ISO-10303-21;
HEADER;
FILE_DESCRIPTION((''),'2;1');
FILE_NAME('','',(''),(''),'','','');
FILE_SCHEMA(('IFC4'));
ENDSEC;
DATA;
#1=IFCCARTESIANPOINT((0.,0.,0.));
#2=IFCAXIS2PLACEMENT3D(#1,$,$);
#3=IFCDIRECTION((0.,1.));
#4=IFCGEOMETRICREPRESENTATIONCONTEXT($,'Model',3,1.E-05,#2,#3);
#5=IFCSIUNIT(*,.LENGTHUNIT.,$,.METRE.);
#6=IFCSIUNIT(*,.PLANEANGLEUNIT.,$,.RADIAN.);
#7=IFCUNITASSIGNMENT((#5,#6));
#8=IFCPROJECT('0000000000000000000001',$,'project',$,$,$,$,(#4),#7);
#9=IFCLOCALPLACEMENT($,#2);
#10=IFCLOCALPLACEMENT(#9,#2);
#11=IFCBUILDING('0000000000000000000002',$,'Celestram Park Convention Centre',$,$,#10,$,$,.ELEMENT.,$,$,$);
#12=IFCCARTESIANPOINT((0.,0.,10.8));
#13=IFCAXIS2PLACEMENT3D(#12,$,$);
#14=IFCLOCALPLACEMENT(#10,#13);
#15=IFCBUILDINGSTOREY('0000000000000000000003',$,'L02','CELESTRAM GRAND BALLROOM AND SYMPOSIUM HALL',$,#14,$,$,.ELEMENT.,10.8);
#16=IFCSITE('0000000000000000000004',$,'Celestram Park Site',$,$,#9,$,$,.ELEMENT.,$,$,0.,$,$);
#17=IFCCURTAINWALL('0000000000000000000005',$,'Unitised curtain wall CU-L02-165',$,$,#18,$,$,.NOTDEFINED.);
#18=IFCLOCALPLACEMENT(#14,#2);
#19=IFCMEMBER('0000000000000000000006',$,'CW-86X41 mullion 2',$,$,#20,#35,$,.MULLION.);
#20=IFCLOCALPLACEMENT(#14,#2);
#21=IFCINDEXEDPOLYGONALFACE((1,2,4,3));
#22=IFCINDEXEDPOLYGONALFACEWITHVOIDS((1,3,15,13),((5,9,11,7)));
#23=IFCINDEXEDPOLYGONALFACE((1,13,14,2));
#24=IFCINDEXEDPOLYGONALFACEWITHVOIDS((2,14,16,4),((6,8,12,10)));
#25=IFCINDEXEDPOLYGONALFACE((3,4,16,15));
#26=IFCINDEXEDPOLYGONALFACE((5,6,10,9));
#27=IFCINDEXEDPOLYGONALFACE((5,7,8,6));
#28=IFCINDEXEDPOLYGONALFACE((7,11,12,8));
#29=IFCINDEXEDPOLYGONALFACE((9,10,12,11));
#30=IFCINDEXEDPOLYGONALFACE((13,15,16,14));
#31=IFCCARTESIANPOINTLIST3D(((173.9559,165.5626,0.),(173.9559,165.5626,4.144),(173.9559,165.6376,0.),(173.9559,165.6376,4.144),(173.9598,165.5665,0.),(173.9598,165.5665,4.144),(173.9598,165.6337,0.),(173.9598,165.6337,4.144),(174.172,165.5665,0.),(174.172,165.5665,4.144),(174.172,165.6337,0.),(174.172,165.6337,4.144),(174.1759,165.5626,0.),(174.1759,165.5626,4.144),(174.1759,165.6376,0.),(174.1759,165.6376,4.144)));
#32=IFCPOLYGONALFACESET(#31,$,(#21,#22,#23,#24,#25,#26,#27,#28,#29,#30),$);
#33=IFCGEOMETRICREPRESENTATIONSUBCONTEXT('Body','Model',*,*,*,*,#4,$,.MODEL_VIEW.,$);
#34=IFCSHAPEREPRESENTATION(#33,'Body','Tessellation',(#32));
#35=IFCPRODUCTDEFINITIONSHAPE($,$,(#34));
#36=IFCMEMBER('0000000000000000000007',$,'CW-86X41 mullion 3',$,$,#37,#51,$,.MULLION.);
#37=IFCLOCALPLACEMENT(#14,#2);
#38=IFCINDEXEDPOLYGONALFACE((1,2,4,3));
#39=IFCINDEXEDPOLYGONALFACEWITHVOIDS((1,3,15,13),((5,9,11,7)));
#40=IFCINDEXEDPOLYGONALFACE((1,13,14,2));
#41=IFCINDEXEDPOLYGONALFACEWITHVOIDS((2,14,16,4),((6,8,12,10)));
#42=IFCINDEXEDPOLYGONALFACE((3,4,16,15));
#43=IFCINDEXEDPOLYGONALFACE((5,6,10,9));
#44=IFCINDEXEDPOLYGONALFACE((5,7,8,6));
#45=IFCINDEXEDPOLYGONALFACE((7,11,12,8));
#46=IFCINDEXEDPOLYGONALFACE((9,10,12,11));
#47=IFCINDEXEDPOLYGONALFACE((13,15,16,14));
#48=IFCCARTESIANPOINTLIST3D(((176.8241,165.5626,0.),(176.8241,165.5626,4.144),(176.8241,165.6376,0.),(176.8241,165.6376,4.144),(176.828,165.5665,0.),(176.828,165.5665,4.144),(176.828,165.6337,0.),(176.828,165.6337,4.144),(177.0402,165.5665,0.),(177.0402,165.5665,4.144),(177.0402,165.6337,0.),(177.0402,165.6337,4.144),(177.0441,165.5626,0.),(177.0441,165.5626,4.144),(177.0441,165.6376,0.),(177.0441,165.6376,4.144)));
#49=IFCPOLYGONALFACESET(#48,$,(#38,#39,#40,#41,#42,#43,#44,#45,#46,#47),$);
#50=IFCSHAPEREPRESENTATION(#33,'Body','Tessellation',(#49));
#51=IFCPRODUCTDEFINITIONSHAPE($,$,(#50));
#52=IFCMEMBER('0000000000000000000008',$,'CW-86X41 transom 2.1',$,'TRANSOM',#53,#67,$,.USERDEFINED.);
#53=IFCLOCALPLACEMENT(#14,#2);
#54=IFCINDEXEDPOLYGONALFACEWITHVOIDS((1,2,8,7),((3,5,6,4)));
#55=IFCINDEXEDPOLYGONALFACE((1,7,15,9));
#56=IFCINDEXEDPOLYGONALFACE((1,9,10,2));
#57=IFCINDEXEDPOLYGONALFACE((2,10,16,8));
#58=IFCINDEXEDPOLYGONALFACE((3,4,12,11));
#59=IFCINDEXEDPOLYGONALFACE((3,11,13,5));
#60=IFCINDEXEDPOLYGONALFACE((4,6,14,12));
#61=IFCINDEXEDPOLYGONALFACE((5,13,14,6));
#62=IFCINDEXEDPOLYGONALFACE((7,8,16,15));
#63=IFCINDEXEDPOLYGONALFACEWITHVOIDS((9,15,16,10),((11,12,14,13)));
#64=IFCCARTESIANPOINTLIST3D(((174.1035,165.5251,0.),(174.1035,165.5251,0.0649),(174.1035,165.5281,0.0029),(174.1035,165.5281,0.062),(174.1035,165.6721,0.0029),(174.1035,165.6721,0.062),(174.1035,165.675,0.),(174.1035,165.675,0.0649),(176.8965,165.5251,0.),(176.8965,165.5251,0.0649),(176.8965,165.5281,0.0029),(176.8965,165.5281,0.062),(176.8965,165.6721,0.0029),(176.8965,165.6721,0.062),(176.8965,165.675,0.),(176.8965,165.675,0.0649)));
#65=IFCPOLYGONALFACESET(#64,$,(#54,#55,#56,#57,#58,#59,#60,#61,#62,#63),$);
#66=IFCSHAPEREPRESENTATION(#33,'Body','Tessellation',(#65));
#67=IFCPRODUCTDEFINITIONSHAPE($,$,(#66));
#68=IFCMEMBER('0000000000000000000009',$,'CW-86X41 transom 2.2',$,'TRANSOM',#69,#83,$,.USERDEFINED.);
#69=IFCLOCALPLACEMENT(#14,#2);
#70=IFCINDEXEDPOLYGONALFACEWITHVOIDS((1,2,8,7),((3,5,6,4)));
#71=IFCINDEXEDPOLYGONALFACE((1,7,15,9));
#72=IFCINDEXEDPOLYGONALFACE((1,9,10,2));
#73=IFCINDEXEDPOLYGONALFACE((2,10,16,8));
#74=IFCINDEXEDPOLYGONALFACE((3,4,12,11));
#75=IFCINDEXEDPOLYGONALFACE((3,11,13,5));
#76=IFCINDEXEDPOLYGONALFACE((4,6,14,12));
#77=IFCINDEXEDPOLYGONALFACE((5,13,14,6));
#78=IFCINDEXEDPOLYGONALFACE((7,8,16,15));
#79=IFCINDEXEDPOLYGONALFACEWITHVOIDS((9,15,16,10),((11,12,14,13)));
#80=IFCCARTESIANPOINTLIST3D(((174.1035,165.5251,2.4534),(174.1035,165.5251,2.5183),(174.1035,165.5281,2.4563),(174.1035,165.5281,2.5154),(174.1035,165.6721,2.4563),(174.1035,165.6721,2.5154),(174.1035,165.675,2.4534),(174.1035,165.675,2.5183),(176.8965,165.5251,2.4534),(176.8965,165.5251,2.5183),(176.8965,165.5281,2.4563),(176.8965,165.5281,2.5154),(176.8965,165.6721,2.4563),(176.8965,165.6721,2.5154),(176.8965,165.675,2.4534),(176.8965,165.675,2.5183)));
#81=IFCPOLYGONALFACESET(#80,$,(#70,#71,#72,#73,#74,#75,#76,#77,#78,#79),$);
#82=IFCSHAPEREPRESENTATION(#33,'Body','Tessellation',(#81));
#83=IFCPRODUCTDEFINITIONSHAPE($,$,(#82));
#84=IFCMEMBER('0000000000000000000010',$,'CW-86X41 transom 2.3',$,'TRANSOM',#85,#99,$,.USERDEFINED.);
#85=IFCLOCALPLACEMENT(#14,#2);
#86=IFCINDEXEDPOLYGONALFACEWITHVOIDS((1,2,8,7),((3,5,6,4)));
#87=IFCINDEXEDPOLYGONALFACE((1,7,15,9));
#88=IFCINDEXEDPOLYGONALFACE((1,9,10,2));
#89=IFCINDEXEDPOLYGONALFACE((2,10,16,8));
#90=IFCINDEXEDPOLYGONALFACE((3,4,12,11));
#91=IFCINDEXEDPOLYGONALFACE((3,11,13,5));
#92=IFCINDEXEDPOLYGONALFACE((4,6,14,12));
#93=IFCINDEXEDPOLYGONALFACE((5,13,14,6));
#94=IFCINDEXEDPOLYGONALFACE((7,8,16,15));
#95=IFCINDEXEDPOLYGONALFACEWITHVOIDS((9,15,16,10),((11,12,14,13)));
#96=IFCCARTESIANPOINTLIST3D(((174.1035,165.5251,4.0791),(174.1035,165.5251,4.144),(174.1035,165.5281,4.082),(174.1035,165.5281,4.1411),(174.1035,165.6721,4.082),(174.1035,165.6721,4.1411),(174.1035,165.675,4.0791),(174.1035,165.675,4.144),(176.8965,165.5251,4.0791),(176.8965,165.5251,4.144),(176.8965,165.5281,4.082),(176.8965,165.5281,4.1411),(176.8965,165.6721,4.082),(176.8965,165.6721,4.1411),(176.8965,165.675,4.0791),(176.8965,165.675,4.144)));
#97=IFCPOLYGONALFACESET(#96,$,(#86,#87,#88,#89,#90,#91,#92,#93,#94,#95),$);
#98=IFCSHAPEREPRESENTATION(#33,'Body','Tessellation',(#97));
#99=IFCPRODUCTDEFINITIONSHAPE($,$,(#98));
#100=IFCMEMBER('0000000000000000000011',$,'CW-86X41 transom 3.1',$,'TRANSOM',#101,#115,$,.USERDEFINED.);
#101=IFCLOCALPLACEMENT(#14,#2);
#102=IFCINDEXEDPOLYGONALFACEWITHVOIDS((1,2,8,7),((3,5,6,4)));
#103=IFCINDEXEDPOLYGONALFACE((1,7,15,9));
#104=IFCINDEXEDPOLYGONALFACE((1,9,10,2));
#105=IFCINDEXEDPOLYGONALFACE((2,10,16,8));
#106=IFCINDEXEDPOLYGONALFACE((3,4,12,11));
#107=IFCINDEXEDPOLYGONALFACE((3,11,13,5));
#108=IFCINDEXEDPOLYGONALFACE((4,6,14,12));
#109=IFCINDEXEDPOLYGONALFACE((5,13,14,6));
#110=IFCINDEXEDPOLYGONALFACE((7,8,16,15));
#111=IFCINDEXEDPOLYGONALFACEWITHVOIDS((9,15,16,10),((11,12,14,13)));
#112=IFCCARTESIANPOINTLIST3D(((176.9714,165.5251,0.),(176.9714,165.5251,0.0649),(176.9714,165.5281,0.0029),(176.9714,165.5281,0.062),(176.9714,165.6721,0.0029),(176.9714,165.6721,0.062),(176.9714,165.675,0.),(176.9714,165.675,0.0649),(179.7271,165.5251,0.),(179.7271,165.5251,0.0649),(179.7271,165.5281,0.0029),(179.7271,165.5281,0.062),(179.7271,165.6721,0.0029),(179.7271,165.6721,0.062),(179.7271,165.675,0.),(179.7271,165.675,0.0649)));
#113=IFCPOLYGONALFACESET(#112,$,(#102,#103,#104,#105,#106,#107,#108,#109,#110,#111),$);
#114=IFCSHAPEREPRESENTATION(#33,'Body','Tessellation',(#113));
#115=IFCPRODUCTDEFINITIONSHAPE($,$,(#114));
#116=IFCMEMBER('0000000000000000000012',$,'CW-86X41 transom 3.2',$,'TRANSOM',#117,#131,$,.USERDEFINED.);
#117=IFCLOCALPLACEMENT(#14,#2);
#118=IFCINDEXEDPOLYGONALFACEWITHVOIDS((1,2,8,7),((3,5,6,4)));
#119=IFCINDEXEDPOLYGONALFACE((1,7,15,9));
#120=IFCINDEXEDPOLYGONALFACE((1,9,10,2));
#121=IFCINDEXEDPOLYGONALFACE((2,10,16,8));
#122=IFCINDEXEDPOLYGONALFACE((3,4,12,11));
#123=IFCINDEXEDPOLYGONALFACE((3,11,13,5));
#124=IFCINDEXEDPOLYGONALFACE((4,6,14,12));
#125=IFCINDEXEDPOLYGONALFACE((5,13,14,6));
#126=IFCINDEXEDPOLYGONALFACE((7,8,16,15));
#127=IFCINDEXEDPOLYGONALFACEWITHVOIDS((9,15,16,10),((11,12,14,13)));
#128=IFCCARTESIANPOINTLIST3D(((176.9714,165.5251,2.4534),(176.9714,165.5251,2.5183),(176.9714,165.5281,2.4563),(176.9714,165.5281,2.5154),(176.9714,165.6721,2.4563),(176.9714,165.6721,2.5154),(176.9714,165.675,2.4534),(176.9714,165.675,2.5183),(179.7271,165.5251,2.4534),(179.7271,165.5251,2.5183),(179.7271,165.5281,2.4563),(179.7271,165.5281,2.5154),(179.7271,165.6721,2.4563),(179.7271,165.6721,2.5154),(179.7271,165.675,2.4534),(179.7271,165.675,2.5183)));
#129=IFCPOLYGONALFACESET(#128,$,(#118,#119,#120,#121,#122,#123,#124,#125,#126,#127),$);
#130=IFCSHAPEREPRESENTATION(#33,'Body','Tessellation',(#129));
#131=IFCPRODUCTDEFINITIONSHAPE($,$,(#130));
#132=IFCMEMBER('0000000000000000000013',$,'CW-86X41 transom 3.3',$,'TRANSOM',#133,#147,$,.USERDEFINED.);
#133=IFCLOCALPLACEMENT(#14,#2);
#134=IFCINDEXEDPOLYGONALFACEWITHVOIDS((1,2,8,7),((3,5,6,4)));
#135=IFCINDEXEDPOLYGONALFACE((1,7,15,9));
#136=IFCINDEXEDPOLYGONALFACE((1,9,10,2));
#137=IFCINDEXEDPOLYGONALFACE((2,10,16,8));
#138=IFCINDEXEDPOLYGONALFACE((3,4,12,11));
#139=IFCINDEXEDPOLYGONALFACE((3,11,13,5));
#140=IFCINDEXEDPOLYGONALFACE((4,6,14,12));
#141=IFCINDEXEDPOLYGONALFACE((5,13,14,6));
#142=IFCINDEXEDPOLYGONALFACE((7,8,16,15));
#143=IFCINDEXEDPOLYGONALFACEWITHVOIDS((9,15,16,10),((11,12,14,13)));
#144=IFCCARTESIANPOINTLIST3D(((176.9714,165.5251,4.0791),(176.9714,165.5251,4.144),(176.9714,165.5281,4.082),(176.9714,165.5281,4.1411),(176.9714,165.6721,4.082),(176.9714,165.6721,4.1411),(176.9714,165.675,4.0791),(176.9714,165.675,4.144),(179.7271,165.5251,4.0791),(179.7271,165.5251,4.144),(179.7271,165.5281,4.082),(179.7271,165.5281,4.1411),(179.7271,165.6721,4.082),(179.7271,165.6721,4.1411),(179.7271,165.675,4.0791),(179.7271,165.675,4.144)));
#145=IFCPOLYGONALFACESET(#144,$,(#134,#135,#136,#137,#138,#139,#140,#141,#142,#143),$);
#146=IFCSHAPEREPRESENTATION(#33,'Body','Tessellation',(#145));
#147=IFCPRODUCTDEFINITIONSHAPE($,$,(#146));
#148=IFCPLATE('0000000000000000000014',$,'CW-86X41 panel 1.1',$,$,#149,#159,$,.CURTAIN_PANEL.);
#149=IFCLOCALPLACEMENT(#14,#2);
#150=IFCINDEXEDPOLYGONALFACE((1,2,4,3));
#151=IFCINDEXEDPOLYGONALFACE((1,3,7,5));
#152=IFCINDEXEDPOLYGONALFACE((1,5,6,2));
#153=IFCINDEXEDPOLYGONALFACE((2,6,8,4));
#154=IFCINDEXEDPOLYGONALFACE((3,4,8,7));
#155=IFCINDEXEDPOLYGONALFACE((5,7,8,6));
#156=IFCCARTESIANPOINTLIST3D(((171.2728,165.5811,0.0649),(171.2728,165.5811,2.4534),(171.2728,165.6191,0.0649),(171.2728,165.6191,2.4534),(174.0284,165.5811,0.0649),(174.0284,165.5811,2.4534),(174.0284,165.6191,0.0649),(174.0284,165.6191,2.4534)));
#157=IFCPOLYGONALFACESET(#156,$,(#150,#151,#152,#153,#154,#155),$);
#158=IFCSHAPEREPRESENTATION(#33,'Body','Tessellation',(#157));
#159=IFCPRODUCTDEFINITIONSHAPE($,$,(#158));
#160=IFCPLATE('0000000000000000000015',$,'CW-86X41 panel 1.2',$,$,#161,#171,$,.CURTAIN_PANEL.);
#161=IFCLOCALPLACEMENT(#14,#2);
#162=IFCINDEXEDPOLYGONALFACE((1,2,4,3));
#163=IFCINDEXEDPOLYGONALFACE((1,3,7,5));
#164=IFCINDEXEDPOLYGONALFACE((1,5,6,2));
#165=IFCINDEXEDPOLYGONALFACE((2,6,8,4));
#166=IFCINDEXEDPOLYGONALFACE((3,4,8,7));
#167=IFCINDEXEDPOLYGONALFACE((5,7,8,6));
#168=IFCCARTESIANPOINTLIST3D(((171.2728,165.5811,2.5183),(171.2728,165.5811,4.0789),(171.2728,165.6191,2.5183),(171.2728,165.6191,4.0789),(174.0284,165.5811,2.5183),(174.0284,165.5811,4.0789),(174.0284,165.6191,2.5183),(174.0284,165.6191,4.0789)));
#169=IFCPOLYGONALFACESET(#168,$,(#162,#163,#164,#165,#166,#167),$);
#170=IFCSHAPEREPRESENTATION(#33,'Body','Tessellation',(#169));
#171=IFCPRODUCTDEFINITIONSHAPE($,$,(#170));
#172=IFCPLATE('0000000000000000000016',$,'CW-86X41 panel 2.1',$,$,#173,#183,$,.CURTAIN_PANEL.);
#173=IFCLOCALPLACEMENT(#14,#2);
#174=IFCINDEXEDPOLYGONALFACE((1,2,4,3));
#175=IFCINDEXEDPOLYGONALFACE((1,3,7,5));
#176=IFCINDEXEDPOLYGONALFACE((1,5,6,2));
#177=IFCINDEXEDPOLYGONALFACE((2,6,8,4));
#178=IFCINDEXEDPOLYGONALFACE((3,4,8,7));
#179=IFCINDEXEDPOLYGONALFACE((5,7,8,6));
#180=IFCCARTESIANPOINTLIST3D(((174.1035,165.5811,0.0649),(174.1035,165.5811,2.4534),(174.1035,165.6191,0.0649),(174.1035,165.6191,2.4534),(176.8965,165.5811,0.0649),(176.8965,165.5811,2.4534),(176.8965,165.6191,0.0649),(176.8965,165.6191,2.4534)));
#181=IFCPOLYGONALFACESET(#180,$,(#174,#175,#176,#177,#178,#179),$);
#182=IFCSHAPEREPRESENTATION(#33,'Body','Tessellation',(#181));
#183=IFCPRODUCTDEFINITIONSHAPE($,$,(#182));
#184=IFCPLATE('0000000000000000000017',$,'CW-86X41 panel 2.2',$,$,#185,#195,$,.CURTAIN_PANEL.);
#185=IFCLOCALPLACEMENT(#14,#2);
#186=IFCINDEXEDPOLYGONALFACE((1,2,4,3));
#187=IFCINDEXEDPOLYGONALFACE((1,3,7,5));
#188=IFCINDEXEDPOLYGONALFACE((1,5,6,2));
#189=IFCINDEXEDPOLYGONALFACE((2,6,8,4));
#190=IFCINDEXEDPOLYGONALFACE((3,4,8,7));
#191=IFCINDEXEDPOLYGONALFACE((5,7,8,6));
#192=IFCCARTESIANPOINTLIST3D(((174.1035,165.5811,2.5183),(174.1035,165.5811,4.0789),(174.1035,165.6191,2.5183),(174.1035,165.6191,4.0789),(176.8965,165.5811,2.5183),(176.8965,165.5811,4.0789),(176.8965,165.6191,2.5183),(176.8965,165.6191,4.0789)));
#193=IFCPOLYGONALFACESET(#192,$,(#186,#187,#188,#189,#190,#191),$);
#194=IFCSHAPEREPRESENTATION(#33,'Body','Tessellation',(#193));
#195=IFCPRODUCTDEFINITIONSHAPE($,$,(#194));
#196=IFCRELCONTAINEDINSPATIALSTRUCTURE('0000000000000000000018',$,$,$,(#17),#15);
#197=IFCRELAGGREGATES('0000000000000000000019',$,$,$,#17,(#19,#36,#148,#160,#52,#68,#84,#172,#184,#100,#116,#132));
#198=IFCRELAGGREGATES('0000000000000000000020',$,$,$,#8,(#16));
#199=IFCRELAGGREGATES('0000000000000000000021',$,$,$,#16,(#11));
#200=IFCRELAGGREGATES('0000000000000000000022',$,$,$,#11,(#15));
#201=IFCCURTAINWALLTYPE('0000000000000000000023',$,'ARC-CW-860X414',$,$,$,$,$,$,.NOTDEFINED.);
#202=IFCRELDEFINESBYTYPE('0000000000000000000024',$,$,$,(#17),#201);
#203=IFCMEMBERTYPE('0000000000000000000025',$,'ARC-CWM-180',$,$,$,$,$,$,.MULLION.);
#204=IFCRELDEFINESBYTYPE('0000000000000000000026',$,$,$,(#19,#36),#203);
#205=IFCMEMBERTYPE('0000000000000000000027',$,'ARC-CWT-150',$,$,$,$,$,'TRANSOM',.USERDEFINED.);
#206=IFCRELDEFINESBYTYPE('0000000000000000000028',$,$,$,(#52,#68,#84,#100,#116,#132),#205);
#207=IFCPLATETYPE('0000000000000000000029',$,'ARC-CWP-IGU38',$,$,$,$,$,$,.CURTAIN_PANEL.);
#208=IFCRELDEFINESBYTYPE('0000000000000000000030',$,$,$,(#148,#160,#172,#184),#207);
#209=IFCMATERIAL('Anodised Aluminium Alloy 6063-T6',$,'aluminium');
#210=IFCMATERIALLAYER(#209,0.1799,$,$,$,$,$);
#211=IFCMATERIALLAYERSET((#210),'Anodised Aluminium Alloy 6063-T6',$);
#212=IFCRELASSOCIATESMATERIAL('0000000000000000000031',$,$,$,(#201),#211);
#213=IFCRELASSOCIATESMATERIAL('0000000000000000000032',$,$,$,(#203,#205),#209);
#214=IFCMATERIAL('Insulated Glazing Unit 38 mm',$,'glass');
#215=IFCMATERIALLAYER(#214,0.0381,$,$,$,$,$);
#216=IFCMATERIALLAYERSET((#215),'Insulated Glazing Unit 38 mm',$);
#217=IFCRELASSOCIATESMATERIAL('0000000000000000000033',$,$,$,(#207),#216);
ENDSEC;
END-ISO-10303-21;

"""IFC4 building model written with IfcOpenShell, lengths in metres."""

from ifc_helpers import new_model, si_unit, direction, frame, origin, origin_2d, place, context, subcontext, project, spatial, rectangle, hollow_rectangle, extrude, material, layer, layer_set, material_profile, profile_set, type_object, element, aggregate, save


model = new_model("IFC4")

# Units and contexts
model_context = context("Model", 3, precision=1e-05, world=origin(), true_north=direction((0.0, 1.0)))
body_context = subcontext(model_context, "Body", "Model", "MODEL_VIEW")
ifc_project = project(units=[si_unit("LENGTHUNIT", "METRE"), si_unit("PLANEANGLEUNIT", "RADIAN")], contexts=[model_context])

# Site, building, storey
site_placement = place(None, origin())
site = spatial("IfcSite", under=ifc_project, at=site_placement, Name="Celestram Park Site", CompositionType="ELEMENT", RefElevation=0.0)
building_placement = place(site_placement, origin())
building = spatial("IfcBuilding", under=site, at=building_placement, Name="Celestram Park Convention Centre", CompositionType="ELEMENT")
storey_placement = place(building_placement, frame((0.0, 0.0, 10.8)))
storey = spatial("IfcBuildingStorey", under=building, at=storey_placement, Name="L02", Description="CELESTRAM GRAND BALLROOM AND SYMPOSIUM HALL", CompositionType="ELEMENT", Elevation=10.8)

# Curtain wall, members, plates
ifc_material_1 = material(Name="Anodised Aluminium Alloy 6063-T6", Category="aluminium")
ifc_layer_1 = layer(ifc_material_1, 0.1799)
ifc_layer_set_1 = layer_set([ifc_layer_1], Name="Anodised Aluminium Alloy 6063-T6")
curtain_wall_type = type_object("IfcCurtainWallType", Name="ARC-CW-860X414", PredefinedType="NOTDEFINED", material=ifc_layer_set_1)
curtain_wall_placement = place(storey_placement, origin())
curtain_wall = element("IfcCurtainWall", 1, at=curtain_wall_placement, inside=storey, type_object=curtain_wall_type, Name="Unitised curtain wall CU-L02-165", PredefinedType="NOTDEFINED")
ifc_material_profile_1 = material_profile(ifc_material_1, hollow_rectangle(XDim=0.075, YDim=0.22, WallThickness=0.0039, at=origin_2d()), Name="ALU75X220X4")
ifc_profile_set_1 = profile_set([ifc_material_profile_1], Name="Anodised Aluminium Alloy 6063-T6")
member_type_1 = type_object("IfcMemberType", Name="ARC-CWM-180", PredefinedType="MULLION", material=ifc_profile_set_1)
member_1_placement = place(storey_placement, frame((174.0659, 165.6001, 0.0), z_axis=(0.0, 0.0, 1.0), x_axis=(0.0, 1.0, 0.0)))
member_1 = element("IfcMember", 2, at=member_1_placement, type_object=member_type_1, Name="CW-86X41 mullion 2", PredefinedType="MULLION", context=body_context, shape_type="SweptSolid", body=[
    extrude(hollow_rectangle(XDim=0.075, YDim=0.22, WallThickness=0.0039, at=origin_2d()), origin(), (0.0, 0.0, 1.0), 4.144),
])
member_2_placement = place(storey_placement, frame((176.9341, 165.6001, 0.0), z_axis=(0.0, 0.0, 1.0), x_axis=(0.0, 1.0, 0.0)))
member_2 = element("IfcMember", 3, at=member_2_placement, type_object=member_type_1, Name="CW-86X41 mullion 3", PredefinedType="MULLION", context=body_context, shape_type="SweptSolid", body=[
    extrude(hollow_rectangle(XDim=0.075, YDim=0.22, WallThickness=0.0039, at=origin_2d()), origin(), (0.0, 0.0, 1.0), 4.144),
])
ifc_material_profile_2 = material_profile(ifc_material_1, hollow_rectangle(XDim=0.1499, YDim=0.0649, WallThickness=0.0029, at=origin_2d()), Name="ALU150X65X3")
ifc_profile_set_2 = profile_set([ifc_material_profile_2], Name="Anodised Aluminium Alloy 6063-T6")
member_type_2 = type_object("IfcMemberType", Name="ARC-CWT-150", ElementType="TRANSOM", PredefinedType="USERDEFINED", material=ifc_profile_set_2)
member_3_placement = place(storey_placement, frame((174.1035, 165.6001, 0.0325), z_axis=(1.0, 0.0, 0.0), x_axis=(0.0, 1.0, 0.0)))
member_3 = element("IfcMember", 4, at=member_3_placement, type_object=member_type_2, Name="CW-86X41 transom 2.1", ObjectType="TRANSOM", PredefinedType="USERDEFINED", context=body_context, shape_type="SweptSolid", body=[
    extrude(hollow_rectangle(XDim=0.1499, YDim=0.0649, WallThickness=0.0029, at=origin_2d()), origin(), (0.0, 0.0, 1.0), 2.793),
])
member_4_placement = place(storey_placement, frame((174.1035, 165.6001, 2.4858), z_axis=(1.0, 0.0, 0.0), x_axis=(0.0, 1.0, 0.0)))
member_4 = element("IfcMember", 5, at=member_4_placement, type_object=member_type_2, Name="CW-86X41 transom 2.2", ObjectType="TRANSOM", PredefinedType="USERDEFINED", context=body_context, shape_type="SweptSolid", body=[
    extrude(hollow_rectangle(XDim=0.1499, YDim=0.0649, WallThickness=0.0029, at=origin_2d()), origin(), (0.0, 0.0, 1.0), 2.793),
])
member_5_placement = place(storey_placement, frame((174.1035, 165.6001, 4.1116), z_axis=(1.0, 0.0, 0.0), x_axis=(0.0, 1.0, 0.0)))
member_5 = element("IfcMember", 6, at=member_5_placement, type_object=member_type_2, Name="CW-86X41 transom 2.3", ObjectType="TRANSOM", PredefinedType="USERDEFINED", context=body_context, shape_type="SweptSolid", body=[
    extrude(hollow_rectangle(XDim=0.1499, YDim=0.0649, WallThickness=0.0029, at=origin_2d()), origin(), (0.0, 0.0, 1.0), 2.793),
])
member_6_placement = place(storey_placement, frame((176.9714, 165.6001, 0.0325), z_axis=(1.0, 0.0, 0.0), x_axis=(0.0, 1.0, 0.0)))
member_6 = element("IfcMember", 7, at=member_6_placement, type_object=member_type_2, Name="CW-86X41 transom 3.1", ObjectType="TRANSOM", PredefinedType="USERDEFINED", context=body_context, shape_type="SweptSolid", body=[
    extrude(hollow_rectangle(XDim=0.1499, YDim=0.0649, WallThickness=0.0029, at=origin_2d()), origin(), (0.0, 0.0, 1.0), 2.7556),
])
member_7_placement = place(storey_placement, frame((176.9714, 165.6001, 2.4858), z_axis=(1.0, 0.0, 0.0), x_axis=(0.0, 1.0, 0.0)))
member_7 = element("IfcMember", 8, at=member_7_placement, type_object=member_type_2, Name="CW-86X41 transom 3.2", ObjectType="TRANSOM", PredefinedType="USERDEFINED", context=body_context, shape_type="SweptSolid", body=[
    extrude(hollow_rectangle(XDim=0.1499, YDim=0.0649, WallThickness=0.0029, at=origin_2d()), origin(), (0.0, 0.0, 1.0), 2.7556),
])
member_8_placement = place(storey_placement, frame((176.9714, 165.6001, 4.1116), z_axis=(1.0, 0.0, 0.0), x_axis=(0.0, 1.0, 0.0)))
member_8 = element("IfcMember", 9, at=member_8_placement, type_object=member_type_2, Name="CW-86X41 transom 3.3", ObjectType="TRANSOM", PredefinedType="USERDEFINED", context=body_context, shape_type="SweptSolid", body=[
    extrude(hollow_rectangle(XDim=0.1499, YDim=0.0649, WallThickness=0.0029, at=origin_2d()), origin(), (0.0, 0.0, 1.0), 2.7556),
])
ifc_material_2 = material(Name="Insulated Glazing Unit 38 mm", Category="glass")
ifc_layer_2 = layer(ifc_material_2, 0.0381)
ifc_layer_set_2 = layer_set([ifc_layer_2], Name="Insulated Glazing Unit 38 mm")
plate_type = type_object("IfcPlateType", Name="ARC-CWP-IGU38", PredefinedType="CURTAIN_PANEL", material=ifc_layer_set_2)
plate_1_placement = place(storey_placement, frame((172.6506, 165.6001, 0.0649), z_axis=(0.0, 0.0, 1.0), x_axis=(1.0, 0.0, 0.0)))
plate_1 = element("IfcPlate", 10, at=plate_1_placement, type_object=plate_type, Name="CW-86X41 panel 1.1", PredefinedType="CURTAIN_PANEL", context=body_context, shape_type="SweptSolid", body=[
    extrude(rectangle(XDim=2.7556, YDim=0.0381, at=origin_2d()), origin(), (0.0, 0.0, 1.0), 2.3884),
])
plate_2_placement = place(storey_placement, frame((172.6506, 165.6001, 2.5183), z_axis=(0.0, 0.0, 1.0), x_axis=(1.0, 0.0, 0.0)))
plate_2 = element("IfcPlate", 11, at=plate_2_placement, type_object=plate_type, Name="CW-86X41 panel 1.2", PredefinedType="CURTAIN_PANEL", context=body_context, shape_type="SweptSolid", body=[
    extrude(rectangle(XDim=2.7556, YDim=0.0381, at=origin_2d()), origin(), (0.0, 0.0, 1.0), 1.5605),
])
plate_3_placement = place(storey_placement, frame((175.5, 165.6001, 0.0649), z_axis=(0.0, 0.0, 1.0), x_axis=(1.0, 0.0, 0.0)))
plate_3 = element("IfcPlate", 12, at=plate_3_placement, type_object=plate_type, Name="CW-86X41 panel 2.1", PredefinedType="CURTAIN_PANEL", context=body_context, shape_type="SweptSolid", body=[
    extrude(rectangle(XDim=2.793, YDim=0.0381, at=origin_2d()), origin(), (0.0, 0.0, 1.0), 2.3884),
])
plate_4_placement = place(storey_placement, frame((175.5, 165.6001, 2.5183), z_axis=(0.0, 0.0, 1.0), x_axis=(1.0, 0.0, 0.0)))
plate_4 = element("IfcPlate", 13, at=plate_4_placement, type_object=plate_type, Name="CW-86X41 panel 2.2", PredefinedType="CURTAIN_PANEL", context=body_context, shape_type="SweptSolid", body=[
    extrude(rectangle(XDim=2.793, YDim=0.0381, at=origin_2d()), origin(), (0.0, 0.0, 1.0), 1.5605),
])
aggregate(curtain_wall, [member_1, member_2, plate_1, plate_2, member_3, member_4, member_5, plate_3, plate_4, member_6, member_7, member_8])

save(model, "model.ifc")
